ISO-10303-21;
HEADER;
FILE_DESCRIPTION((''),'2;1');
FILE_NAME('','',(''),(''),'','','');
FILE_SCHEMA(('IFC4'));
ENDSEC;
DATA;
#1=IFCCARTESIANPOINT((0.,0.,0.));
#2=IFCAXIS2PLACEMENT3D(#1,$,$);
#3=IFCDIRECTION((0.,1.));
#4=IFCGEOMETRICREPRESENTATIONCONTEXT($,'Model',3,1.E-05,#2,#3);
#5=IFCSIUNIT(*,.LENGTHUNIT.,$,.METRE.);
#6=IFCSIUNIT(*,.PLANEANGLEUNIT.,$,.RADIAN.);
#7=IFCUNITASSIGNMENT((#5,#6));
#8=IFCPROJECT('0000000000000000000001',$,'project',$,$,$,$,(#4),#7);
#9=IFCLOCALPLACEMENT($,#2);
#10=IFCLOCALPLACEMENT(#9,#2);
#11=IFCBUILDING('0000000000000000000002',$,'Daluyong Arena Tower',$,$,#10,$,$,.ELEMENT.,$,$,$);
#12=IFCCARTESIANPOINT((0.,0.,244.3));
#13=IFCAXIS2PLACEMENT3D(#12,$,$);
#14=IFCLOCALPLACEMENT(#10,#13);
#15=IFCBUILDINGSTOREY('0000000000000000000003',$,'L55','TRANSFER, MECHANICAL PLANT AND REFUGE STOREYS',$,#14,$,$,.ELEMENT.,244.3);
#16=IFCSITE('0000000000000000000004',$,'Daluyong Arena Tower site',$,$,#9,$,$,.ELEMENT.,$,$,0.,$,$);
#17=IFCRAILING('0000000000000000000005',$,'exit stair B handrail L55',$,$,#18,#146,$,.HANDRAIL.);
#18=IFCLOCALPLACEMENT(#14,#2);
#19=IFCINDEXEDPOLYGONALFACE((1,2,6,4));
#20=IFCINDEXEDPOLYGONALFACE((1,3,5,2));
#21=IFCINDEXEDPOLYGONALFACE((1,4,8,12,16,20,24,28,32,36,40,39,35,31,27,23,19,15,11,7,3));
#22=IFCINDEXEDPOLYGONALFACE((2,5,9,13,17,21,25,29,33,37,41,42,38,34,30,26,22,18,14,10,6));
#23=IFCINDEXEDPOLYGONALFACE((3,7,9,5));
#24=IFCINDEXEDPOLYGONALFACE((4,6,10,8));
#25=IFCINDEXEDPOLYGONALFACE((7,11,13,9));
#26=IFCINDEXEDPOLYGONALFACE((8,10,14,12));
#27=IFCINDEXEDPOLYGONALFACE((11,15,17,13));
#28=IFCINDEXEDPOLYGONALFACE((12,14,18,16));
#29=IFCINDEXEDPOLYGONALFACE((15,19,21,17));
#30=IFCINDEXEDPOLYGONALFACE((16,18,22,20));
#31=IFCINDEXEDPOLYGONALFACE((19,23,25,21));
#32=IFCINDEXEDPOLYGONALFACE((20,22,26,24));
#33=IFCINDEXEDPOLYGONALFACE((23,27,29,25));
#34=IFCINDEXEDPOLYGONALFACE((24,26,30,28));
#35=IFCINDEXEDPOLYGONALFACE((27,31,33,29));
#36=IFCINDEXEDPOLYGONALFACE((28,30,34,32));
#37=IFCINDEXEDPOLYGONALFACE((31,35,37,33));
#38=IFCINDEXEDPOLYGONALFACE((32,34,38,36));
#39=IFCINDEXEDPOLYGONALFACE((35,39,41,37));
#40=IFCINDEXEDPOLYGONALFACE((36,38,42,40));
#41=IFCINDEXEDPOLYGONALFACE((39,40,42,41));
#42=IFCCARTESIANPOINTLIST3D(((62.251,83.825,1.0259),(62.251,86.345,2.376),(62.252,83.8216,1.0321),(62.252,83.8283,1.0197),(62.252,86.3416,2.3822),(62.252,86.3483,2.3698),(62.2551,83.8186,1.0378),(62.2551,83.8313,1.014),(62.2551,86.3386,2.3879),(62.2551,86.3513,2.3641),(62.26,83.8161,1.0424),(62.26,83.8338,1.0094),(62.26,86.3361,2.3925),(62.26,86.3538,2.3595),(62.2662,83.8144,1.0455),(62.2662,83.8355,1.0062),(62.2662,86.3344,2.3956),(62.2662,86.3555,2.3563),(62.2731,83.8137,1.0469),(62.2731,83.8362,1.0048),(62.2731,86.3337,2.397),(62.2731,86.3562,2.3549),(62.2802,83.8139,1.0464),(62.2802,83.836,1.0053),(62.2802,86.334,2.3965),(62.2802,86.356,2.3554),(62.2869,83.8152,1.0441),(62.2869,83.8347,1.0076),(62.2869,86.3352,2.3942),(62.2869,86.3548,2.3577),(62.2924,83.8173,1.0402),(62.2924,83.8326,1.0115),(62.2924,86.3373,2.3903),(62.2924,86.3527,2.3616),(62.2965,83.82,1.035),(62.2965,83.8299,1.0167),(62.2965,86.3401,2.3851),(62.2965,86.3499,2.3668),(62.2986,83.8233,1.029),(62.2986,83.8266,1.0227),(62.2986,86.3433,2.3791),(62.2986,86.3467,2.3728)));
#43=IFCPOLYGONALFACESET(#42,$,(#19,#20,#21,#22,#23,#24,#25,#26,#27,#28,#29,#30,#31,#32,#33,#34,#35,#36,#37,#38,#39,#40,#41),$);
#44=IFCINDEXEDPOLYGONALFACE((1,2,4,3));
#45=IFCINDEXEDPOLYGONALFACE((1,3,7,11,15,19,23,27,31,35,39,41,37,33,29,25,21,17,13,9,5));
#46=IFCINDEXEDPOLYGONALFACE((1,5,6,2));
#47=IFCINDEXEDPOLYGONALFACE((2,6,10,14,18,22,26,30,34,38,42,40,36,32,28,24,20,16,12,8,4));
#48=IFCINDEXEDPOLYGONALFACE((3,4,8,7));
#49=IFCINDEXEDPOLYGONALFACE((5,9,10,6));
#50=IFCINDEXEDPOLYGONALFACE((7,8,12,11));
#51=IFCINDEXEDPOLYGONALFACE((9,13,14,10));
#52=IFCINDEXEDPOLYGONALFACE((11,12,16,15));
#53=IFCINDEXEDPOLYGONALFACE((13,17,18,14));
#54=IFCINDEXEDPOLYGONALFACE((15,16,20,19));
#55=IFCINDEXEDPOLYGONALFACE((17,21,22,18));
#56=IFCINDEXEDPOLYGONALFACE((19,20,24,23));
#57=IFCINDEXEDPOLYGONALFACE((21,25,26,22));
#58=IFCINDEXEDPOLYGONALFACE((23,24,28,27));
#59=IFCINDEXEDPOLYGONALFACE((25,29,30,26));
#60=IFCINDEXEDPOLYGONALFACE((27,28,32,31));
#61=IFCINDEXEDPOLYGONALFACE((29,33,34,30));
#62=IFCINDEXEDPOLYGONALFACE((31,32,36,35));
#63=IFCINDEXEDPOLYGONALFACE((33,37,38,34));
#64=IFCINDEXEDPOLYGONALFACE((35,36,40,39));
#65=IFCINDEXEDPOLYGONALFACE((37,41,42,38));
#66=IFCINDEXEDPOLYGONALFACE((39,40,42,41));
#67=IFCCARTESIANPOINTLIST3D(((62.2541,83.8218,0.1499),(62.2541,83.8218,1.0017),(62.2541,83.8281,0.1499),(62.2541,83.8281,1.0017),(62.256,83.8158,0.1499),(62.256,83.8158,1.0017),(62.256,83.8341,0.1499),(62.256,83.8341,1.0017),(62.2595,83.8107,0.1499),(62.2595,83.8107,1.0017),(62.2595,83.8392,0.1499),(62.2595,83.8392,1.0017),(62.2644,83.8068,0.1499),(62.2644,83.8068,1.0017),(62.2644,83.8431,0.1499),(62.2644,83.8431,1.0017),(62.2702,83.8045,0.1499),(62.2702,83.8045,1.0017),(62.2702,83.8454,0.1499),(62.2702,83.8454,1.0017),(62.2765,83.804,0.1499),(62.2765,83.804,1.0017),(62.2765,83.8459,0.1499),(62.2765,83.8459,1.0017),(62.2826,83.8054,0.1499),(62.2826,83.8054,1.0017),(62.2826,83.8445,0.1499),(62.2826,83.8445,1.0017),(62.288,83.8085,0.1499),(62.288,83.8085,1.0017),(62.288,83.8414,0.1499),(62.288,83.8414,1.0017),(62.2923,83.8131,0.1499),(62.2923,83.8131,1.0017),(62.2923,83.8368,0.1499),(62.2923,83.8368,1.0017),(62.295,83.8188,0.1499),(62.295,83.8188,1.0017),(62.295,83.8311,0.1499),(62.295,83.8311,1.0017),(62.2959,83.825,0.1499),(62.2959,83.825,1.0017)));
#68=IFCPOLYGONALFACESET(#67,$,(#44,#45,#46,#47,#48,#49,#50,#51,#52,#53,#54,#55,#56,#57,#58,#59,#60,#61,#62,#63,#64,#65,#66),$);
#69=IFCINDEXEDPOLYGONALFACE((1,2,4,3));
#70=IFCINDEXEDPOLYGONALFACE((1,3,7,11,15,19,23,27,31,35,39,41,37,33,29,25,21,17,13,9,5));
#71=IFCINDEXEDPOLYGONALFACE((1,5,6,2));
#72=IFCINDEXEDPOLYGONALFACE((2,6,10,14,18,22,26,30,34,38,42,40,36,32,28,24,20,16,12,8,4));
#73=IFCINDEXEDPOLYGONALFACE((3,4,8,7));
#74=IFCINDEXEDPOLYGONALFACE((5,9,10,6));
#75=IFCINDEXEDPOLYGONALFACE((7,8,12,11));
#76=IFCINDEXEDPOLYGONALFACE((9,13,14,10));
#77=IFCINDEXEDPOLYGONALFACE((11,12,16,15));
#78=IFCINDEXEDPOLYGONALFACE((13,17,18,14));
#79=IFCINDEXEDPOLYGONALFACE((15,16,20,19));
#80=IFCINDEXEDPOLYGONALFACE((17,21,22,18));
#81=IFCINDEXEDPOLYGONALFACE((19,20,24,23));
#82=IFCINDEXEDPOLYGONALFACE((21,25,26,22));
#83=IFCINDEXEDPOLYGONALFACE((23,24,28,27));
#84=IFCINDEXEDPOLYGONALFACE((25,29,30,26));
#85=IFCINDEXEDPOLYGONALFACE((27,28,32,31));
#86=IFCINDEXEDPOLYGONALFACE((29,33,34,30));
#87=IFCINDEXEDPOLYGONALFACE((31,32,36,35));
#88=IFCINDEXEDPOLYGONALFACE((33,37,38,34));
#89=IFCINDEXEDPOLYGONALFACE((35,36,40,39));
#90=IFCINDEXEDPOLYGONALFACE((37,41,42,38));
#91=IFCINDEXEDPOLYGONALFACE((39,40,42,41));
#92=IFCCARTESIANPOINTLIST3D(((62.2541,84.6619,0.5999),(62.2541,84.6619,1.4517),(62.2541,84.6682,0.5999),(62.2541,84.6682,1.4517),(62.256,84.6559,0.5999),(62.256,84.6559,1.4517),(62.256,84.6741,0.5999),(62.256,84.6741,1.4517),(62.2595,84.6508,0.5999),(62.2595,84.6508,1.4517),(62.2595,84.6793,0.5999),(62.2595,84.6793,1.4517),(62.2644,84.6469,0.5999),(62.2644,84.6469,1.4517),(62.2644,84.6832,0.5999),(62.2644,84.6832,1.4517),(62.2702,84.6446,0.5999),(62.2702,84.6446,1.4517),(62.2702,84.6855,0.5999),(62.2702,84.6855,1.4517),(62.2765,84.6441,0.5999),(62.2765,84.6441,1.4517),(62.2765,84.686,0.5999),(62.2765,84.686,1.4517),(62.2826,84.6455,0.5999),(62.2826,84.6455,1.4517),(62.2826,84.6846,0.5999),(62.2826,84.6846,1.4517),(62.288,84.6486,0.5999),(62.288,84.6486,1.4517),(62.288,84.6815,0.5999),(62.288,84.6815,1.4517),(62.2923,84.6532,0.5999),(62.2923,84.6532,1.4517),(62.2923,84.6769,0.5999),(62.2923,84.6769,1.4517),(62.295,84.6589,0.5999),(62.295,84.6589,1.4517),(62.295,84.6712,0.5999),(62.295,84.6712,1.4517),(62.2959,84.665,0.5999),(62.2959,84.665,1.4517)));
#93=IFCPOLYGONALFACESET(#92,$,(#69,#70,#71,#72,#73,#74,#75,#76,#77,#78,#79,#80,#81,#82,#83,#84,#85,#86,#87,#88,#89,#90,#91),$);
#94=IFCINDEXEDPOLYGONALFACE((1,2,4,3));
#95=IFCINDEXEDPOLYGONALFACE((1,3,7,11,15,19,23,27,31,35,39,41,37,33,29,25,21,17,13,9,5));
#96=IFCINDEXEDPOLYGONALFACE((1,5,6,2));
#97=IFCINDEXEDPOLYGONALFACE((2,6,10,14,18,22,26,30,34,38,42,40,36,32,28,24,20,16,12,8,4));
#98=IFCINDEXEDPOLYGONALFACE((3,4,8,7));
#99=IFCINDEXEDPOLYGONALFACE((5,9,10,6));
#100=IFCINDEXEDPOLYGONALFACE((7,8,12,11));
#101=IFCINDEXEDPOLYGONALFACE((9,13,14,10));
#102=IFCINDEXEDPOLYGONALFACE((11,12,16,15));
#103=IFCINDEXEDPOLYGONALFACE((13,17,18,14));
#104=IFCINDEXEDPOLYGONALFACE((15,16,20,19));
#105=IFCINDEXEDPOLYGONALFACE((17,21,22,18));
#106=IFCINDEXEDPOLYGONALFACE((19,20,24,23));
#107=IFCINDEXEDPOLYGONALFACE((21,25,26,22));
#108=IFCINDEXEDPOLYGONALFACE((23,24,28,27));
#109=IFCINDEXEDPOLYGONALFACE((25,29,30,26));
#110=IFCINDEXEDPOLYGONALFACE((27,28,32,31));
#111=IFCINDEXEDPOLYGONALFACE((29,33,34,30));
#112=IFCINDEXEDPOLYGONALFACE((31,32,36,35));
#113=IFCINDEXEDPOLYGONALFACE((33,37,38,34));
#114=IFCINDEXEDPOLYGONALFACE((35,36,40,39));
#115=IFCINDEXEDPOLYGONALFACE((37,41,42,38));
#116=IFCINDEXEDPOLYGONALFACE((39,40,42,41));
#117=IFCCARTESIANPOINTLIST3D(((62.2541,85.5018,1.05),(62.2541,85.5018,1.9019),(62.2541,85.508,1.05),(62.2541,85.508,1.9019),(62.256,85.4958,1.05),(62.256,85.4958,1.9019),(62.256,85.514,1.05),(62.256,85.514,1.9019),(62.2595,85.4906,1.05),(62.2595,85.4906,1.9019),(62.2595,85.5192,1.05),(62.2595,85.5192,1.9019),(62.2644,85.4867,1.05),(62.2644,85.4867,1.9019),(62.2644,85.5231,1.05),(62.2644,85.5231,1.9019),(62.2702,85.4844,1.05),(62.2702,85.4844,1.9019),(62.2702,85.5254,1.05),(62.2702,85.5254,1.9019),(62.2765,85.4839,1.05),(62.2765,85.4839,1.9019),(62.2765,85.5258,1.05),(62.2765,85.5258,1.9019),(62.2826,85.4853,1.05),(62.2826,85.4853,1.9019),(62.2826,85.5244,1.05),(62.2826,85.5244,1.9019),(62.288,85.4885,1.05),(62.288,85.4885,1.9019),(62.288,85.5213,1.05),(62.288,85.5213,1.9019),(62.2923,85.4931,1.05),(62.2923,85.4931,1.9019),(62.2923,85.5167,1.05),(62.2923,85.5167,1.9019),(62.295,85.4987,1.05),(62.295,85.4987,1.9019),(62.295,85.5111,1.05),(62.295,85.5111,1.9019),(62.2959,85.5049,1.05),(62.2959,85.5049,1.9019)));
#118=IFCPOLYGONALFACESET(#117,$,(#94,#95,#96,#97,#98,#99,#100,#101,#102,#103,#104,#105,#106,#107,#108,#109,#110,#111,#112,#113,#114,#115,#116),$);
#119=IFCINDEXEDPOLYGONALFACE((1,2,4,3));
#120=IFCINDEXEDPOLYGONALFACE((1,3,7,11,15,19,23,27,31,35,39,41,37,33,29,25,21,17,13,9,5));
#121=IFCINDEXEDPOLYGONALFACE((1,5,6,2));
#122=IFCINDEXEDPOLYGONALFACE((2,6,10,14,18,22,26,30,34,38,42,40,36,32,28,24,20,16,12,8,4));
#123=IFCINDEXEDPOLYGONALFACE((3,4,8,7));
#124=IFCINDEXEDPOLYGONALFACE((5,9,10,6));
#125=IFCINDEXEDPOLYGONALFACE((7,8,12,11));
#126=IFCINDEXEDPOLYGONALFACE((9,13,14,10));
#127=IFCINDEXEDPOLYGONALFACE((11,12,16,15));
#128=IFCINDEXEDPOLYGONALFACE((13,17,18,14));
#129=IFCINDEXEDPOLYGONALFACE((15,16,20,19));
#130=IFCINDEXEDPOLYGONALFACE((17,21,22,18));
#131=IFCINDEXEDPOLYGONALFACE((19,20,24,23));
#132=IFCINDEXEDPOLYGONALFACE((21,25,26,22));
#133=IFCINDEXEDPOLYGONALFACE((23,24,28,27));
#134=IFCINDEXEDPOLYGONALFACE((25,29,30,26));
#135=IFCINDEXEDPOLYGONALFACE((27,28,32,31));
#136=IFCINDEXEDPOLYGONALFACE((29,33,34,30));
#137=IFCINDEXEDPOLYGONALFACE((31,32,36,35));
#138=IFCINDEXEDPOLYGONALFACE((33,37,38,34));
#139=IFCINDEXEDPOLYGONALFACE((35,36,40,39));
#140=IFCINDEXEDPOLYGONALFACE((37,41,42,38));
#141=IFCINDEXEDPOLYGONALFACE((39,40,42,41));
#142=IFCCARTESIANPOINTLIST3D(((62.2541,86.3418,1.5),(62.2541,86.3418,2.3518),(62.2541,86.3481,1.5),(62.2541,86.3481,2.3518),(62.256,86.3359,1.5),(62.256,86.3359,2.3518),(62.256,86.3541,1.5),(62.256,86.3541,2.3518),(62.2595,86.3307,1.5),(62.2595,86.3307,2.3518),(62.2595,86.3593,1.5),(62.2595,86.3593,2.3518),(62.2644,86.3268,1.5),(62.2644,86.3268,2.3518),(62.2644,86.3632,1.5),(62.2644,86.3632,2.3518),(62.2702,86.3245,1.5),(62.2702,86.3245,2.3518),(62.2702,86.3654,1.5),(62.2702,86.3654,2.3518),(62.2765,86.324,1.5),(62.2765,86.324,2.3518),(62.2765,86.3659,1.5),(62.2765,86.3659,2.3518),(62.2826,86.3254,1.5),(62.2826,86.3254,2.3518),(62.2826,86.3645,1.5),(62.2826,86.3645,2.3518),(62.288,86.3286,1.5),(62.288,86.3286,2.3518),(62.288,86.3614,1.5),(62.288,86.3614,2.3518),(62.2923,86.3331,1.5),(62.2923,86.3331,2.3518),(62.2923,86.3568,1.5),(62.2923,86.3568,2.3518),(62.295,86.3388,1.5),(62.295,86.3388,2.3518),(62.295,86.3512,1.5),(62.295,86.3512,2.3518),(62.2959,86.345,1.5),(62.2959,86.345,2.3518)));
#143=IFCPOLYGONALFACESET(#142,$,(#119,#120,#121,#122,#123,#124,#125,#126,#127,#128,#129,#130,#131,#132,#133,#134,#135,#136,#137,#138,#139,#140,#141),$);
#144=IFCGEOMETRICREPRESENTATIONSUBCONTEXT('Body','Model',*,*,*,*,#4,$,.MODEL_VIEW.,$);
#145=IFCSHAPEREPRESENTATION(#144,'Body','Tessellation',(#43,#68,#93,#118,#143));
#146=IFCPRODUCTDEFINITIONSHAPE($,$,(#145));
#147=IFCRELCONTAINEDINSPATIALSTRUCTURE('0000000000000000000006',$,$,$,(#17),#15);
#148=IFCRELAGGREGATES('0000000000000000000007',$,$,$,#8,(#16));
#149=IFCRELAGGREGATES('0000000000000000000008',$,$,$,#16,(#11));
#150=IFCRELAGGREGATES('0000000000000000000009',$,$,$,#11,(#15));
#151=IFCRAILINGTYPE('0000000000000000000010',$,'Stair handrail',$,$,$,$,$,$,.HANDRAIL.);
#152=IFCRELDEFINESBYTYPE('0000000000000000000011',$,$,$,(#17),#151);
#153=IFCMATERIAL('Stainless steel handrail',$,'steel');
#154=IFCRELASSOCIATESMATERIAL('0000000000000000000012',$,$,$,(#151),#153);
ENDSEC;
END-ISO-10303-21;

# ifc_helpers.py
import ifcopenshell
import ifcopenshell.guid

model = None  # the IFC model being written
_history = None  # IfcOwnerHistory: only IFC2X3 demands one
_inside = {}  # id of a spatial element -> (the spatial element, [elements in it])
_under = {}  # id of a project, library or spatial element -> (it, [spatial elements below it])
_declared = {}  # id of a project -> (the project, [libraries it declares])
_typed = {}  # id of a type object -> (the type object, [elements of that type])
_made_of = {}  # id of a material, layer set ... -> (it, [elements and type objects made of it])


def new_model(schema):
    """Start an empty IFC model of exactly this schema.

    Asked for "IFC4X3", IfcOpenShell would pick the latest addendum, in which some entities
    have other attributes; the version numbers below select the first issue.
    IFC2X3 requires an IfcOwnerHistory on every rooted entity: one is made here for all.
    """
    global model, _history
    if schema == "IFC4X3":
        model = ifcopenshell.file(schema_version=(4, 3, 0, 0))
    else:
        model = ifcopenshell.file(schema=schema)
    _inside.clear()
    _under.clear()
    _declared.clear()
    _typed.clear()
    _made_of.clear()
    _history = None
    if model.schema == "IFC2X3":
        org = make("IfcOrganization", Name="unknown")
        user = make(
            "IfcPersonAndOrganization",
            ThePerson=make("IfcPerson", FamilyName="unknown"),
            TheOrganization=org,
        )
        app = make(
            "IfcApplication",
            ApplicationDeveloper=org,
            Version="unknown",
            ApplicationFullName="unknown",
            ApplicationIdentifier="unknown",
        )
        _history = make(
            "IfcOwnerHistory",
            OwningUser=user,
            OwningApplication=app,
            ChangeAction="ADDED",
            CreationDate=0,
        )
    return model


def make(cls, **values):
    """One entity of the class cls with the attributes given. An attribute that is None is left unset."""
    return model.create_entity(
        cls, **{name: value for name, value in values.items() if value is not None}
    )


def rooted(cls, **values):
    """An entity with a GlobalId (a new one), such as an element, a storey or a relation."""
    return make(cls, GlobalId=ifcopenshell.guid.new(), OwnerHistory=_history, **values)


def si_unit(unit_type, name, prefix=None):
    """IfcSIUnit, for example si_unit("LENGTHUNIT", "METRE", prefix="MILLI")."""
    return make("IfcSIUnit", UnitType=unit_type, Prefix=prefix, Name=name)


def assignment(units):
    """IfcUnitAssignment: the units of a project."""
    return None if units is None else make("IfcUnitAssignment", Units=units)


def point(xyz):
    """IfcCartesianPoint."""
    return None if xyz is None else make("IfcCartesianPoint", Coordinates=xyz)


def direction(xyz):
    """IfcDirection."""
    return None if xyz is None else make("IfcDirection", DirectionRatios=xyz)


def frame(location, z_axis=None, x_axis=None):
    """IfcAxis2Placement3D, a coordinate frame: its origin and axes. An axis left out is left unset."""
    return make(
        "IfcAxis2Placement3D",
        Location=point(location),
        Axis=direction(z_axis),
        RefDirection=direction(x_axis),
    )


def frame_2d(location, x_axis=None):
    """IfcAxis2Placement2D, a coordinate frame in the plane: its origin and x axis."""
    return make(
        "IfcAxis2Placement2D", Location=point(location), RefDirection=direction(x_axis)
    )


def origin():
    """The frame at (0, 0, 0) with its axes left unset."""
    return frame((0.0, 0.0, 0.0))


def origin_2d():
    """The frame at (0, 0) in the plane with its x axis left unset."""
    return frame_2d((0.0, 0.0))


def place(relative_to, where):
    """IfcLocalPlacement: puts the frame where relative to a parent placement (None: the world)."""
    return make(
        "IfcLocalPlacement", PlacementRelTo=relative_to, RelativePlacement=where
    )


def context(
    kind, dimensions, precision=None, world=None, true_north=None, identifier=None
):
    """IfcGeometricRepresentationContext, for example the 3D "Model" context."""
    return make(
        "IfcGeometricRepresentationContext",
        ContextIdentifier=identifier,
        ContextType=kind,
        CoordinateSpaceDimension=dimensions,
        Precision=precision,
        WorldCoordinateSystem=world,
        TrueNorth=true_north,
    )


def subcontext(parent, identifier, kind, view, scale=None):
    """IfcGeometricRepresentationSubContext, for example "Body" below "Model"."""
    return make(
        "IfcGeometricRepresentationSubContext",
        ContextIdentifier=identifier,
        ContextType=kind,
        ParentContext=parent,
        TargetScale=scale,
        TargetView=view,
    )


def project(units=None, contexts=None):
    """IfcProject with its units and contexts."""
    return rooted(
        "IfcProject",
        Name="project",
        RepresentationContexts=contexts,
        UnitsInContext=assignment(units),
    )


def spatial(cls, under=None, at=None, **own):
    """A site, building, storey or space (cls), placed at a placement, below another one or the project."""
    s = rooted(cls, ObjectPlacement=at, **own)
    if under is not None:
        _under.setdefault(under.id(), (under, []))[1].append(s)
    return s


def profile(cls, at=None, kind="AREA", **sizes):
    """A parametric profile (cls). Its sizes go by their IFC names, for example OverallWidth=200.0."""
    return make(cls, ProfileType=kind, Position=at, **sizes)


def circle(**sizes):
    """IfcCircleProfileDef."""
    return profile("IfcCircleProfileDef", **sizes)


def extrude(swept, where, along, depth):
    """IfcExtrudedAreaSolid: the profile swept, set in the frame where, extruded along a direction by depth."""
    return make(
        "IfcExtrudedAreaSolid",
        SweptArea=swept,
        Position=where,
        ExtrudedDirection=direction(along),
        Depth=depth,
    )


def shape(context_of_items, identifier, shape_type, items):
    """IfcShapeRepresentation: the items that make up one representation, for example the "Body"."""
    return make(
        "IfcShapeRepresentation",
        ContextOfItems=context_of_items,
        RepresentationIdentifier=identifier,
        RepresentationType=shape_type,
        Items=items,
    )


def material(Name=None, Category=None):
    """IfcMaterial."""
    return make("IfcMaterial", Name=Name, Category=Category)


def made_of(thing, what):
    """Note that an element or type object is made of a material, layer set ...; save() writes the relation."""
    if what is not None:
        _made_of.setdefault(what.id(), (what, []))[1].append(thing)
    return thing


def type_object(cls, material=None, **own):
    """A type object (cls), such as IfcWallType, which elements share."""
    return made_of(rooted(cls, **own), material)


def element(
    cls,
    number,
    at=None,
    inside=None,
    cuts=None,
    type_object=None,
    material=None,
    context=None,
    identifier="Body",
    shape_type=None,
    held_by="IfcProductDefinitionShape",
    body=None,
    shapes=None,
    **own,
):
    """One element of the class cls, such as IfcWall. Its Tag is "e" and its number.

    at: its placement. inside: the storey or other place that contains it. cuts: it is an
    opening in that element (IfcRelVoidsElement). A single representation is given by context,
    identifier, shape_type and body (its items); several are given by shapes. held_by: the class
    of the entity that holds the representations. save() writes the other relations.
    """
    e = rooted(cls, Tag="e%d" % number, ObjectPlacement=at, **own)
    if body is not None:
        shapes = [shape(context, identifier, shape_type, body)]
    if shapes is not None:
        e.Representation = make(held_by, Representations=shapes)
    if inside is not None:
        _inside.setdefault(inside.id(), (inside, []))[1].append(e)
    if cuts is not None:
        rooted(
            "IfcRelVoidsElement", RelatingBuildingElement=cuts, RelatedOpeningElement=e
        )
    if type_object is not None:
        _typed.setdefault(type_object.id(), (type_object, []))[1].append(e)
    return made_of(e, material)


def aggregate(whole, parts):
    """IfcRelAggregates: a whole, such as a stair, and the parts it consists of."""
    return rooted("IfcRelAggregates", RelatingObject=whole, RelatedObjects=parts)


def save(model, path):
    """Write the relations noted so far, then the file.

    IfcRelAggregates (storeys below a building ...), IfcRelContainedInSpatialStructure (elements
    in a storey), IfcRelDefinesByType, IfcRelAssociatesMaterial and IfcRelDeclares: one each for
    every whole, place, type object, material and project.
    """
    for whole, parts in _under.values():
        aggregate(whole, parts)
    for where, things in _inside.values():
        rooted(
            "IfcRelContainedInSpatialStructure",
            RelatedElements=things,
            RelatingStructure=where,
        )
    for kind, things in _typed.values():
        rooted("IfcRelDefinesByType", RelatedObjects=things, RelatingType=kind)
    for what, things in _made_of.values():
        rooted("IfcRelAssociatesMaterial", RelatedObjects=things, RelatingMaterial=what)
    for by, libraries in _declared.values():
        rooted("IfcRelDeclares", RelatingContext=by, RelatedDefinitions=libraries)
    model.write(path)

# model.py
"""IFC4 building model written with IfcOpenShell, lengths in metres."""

from ifc_helpers import new_model, si_unit, direction, frame, origin, origin_2d, place, context, subcontext, project, spatial, circle, extrude, material, type_object, element, save


model = new_model("IFC4")

# Units and contexts
model_context = context("Model", 3, precision=1e-05, world=origin(), true_north=direction((0.0, 1.0)))
body_context = subcontext(model_context, "Body", "Model", "MODEL_VIEW")
ifc_project = project(units=[si_unit("LENGTHUNIT", "METRE"), si_unit("PLANEANGLEUNIT", "RADIAN")], contexts=[model_context])

# Site, building, storey
site_placement = place(None, origin())
site = spatial("IfcSite", under=ifc_project, at=site_placement, Name="Daluyong Arena Tower site", CompositionType="ELEMENT", RefElevation=0.0)
building_placement = place(site_placement, origin())
building = spatial("IfcBuilding", under=site, at=building_placement, Name="Daluyong Arena Tower", CompositionType="ELEMENT")
storey_placement = place(building_placement, frame((0.0, 0.0, 244.3)))
storey = spatial("IfcBuildingStorey", under=building, at=storey_placement, Name="L55", Description="TRANSFER, MECHANICAL PLANT AND REFUGE STOREYS", CompositionType="ELEMENT", Elevation=244.3)

# Railing
ifc_material_1 = material(Name="Stainless steel handrail", Category="steel")
railing_type_1 = type_object("IfcRailingType", Name="Stair handrail", PredefinedType="HANDRAIL", material=ifc_material_1)
for number, where, name in (
    (1, (62.2749, 83.825, 0.1499), "exit stair B handrail L55"),
):
    element("IfcRailing", number, at=place(storey_placement, frame(where)), inside=storey, type_object=railing_type_1, Name=name, PredefinedType="HANDRAIL", context=body_context, shape_type="SweptSolid", body=[
        extrude(circle(Radius=0.0239, at=origin_2d()), frame((0.0, 0.0, 0.876), z_axis=(0.0, 0.881467, 0.472245), x_axis=(-1.0, 0.0, 0.0)), (0.0, 0.0, 1.0), 2.8589),
        extrude(circle(Radius=0.021, at=origin_2d()), origin(), (0.0, 0.0, 1.0), 0.8518),
        extrude(circle(Radius=0.021, at=origin_2d()), frame((0.0, 0.8401, 0.45)), (0.0, 0.0, 1.0), 0.8518),
        extrude(circle(Radius=0.021, at=origin_2d()), frame((0.0, 1.6799, 0.9001)), (0.0, 0.0, 1.0), 0.8518),
        extrude(circle(Radius=0.021, at=origin_2d()), frame((0.0, 2.52, 1.3501)), (0.0, 0.0, 1.0), 0.8518),
    ])

save(model, "model.ifc")
